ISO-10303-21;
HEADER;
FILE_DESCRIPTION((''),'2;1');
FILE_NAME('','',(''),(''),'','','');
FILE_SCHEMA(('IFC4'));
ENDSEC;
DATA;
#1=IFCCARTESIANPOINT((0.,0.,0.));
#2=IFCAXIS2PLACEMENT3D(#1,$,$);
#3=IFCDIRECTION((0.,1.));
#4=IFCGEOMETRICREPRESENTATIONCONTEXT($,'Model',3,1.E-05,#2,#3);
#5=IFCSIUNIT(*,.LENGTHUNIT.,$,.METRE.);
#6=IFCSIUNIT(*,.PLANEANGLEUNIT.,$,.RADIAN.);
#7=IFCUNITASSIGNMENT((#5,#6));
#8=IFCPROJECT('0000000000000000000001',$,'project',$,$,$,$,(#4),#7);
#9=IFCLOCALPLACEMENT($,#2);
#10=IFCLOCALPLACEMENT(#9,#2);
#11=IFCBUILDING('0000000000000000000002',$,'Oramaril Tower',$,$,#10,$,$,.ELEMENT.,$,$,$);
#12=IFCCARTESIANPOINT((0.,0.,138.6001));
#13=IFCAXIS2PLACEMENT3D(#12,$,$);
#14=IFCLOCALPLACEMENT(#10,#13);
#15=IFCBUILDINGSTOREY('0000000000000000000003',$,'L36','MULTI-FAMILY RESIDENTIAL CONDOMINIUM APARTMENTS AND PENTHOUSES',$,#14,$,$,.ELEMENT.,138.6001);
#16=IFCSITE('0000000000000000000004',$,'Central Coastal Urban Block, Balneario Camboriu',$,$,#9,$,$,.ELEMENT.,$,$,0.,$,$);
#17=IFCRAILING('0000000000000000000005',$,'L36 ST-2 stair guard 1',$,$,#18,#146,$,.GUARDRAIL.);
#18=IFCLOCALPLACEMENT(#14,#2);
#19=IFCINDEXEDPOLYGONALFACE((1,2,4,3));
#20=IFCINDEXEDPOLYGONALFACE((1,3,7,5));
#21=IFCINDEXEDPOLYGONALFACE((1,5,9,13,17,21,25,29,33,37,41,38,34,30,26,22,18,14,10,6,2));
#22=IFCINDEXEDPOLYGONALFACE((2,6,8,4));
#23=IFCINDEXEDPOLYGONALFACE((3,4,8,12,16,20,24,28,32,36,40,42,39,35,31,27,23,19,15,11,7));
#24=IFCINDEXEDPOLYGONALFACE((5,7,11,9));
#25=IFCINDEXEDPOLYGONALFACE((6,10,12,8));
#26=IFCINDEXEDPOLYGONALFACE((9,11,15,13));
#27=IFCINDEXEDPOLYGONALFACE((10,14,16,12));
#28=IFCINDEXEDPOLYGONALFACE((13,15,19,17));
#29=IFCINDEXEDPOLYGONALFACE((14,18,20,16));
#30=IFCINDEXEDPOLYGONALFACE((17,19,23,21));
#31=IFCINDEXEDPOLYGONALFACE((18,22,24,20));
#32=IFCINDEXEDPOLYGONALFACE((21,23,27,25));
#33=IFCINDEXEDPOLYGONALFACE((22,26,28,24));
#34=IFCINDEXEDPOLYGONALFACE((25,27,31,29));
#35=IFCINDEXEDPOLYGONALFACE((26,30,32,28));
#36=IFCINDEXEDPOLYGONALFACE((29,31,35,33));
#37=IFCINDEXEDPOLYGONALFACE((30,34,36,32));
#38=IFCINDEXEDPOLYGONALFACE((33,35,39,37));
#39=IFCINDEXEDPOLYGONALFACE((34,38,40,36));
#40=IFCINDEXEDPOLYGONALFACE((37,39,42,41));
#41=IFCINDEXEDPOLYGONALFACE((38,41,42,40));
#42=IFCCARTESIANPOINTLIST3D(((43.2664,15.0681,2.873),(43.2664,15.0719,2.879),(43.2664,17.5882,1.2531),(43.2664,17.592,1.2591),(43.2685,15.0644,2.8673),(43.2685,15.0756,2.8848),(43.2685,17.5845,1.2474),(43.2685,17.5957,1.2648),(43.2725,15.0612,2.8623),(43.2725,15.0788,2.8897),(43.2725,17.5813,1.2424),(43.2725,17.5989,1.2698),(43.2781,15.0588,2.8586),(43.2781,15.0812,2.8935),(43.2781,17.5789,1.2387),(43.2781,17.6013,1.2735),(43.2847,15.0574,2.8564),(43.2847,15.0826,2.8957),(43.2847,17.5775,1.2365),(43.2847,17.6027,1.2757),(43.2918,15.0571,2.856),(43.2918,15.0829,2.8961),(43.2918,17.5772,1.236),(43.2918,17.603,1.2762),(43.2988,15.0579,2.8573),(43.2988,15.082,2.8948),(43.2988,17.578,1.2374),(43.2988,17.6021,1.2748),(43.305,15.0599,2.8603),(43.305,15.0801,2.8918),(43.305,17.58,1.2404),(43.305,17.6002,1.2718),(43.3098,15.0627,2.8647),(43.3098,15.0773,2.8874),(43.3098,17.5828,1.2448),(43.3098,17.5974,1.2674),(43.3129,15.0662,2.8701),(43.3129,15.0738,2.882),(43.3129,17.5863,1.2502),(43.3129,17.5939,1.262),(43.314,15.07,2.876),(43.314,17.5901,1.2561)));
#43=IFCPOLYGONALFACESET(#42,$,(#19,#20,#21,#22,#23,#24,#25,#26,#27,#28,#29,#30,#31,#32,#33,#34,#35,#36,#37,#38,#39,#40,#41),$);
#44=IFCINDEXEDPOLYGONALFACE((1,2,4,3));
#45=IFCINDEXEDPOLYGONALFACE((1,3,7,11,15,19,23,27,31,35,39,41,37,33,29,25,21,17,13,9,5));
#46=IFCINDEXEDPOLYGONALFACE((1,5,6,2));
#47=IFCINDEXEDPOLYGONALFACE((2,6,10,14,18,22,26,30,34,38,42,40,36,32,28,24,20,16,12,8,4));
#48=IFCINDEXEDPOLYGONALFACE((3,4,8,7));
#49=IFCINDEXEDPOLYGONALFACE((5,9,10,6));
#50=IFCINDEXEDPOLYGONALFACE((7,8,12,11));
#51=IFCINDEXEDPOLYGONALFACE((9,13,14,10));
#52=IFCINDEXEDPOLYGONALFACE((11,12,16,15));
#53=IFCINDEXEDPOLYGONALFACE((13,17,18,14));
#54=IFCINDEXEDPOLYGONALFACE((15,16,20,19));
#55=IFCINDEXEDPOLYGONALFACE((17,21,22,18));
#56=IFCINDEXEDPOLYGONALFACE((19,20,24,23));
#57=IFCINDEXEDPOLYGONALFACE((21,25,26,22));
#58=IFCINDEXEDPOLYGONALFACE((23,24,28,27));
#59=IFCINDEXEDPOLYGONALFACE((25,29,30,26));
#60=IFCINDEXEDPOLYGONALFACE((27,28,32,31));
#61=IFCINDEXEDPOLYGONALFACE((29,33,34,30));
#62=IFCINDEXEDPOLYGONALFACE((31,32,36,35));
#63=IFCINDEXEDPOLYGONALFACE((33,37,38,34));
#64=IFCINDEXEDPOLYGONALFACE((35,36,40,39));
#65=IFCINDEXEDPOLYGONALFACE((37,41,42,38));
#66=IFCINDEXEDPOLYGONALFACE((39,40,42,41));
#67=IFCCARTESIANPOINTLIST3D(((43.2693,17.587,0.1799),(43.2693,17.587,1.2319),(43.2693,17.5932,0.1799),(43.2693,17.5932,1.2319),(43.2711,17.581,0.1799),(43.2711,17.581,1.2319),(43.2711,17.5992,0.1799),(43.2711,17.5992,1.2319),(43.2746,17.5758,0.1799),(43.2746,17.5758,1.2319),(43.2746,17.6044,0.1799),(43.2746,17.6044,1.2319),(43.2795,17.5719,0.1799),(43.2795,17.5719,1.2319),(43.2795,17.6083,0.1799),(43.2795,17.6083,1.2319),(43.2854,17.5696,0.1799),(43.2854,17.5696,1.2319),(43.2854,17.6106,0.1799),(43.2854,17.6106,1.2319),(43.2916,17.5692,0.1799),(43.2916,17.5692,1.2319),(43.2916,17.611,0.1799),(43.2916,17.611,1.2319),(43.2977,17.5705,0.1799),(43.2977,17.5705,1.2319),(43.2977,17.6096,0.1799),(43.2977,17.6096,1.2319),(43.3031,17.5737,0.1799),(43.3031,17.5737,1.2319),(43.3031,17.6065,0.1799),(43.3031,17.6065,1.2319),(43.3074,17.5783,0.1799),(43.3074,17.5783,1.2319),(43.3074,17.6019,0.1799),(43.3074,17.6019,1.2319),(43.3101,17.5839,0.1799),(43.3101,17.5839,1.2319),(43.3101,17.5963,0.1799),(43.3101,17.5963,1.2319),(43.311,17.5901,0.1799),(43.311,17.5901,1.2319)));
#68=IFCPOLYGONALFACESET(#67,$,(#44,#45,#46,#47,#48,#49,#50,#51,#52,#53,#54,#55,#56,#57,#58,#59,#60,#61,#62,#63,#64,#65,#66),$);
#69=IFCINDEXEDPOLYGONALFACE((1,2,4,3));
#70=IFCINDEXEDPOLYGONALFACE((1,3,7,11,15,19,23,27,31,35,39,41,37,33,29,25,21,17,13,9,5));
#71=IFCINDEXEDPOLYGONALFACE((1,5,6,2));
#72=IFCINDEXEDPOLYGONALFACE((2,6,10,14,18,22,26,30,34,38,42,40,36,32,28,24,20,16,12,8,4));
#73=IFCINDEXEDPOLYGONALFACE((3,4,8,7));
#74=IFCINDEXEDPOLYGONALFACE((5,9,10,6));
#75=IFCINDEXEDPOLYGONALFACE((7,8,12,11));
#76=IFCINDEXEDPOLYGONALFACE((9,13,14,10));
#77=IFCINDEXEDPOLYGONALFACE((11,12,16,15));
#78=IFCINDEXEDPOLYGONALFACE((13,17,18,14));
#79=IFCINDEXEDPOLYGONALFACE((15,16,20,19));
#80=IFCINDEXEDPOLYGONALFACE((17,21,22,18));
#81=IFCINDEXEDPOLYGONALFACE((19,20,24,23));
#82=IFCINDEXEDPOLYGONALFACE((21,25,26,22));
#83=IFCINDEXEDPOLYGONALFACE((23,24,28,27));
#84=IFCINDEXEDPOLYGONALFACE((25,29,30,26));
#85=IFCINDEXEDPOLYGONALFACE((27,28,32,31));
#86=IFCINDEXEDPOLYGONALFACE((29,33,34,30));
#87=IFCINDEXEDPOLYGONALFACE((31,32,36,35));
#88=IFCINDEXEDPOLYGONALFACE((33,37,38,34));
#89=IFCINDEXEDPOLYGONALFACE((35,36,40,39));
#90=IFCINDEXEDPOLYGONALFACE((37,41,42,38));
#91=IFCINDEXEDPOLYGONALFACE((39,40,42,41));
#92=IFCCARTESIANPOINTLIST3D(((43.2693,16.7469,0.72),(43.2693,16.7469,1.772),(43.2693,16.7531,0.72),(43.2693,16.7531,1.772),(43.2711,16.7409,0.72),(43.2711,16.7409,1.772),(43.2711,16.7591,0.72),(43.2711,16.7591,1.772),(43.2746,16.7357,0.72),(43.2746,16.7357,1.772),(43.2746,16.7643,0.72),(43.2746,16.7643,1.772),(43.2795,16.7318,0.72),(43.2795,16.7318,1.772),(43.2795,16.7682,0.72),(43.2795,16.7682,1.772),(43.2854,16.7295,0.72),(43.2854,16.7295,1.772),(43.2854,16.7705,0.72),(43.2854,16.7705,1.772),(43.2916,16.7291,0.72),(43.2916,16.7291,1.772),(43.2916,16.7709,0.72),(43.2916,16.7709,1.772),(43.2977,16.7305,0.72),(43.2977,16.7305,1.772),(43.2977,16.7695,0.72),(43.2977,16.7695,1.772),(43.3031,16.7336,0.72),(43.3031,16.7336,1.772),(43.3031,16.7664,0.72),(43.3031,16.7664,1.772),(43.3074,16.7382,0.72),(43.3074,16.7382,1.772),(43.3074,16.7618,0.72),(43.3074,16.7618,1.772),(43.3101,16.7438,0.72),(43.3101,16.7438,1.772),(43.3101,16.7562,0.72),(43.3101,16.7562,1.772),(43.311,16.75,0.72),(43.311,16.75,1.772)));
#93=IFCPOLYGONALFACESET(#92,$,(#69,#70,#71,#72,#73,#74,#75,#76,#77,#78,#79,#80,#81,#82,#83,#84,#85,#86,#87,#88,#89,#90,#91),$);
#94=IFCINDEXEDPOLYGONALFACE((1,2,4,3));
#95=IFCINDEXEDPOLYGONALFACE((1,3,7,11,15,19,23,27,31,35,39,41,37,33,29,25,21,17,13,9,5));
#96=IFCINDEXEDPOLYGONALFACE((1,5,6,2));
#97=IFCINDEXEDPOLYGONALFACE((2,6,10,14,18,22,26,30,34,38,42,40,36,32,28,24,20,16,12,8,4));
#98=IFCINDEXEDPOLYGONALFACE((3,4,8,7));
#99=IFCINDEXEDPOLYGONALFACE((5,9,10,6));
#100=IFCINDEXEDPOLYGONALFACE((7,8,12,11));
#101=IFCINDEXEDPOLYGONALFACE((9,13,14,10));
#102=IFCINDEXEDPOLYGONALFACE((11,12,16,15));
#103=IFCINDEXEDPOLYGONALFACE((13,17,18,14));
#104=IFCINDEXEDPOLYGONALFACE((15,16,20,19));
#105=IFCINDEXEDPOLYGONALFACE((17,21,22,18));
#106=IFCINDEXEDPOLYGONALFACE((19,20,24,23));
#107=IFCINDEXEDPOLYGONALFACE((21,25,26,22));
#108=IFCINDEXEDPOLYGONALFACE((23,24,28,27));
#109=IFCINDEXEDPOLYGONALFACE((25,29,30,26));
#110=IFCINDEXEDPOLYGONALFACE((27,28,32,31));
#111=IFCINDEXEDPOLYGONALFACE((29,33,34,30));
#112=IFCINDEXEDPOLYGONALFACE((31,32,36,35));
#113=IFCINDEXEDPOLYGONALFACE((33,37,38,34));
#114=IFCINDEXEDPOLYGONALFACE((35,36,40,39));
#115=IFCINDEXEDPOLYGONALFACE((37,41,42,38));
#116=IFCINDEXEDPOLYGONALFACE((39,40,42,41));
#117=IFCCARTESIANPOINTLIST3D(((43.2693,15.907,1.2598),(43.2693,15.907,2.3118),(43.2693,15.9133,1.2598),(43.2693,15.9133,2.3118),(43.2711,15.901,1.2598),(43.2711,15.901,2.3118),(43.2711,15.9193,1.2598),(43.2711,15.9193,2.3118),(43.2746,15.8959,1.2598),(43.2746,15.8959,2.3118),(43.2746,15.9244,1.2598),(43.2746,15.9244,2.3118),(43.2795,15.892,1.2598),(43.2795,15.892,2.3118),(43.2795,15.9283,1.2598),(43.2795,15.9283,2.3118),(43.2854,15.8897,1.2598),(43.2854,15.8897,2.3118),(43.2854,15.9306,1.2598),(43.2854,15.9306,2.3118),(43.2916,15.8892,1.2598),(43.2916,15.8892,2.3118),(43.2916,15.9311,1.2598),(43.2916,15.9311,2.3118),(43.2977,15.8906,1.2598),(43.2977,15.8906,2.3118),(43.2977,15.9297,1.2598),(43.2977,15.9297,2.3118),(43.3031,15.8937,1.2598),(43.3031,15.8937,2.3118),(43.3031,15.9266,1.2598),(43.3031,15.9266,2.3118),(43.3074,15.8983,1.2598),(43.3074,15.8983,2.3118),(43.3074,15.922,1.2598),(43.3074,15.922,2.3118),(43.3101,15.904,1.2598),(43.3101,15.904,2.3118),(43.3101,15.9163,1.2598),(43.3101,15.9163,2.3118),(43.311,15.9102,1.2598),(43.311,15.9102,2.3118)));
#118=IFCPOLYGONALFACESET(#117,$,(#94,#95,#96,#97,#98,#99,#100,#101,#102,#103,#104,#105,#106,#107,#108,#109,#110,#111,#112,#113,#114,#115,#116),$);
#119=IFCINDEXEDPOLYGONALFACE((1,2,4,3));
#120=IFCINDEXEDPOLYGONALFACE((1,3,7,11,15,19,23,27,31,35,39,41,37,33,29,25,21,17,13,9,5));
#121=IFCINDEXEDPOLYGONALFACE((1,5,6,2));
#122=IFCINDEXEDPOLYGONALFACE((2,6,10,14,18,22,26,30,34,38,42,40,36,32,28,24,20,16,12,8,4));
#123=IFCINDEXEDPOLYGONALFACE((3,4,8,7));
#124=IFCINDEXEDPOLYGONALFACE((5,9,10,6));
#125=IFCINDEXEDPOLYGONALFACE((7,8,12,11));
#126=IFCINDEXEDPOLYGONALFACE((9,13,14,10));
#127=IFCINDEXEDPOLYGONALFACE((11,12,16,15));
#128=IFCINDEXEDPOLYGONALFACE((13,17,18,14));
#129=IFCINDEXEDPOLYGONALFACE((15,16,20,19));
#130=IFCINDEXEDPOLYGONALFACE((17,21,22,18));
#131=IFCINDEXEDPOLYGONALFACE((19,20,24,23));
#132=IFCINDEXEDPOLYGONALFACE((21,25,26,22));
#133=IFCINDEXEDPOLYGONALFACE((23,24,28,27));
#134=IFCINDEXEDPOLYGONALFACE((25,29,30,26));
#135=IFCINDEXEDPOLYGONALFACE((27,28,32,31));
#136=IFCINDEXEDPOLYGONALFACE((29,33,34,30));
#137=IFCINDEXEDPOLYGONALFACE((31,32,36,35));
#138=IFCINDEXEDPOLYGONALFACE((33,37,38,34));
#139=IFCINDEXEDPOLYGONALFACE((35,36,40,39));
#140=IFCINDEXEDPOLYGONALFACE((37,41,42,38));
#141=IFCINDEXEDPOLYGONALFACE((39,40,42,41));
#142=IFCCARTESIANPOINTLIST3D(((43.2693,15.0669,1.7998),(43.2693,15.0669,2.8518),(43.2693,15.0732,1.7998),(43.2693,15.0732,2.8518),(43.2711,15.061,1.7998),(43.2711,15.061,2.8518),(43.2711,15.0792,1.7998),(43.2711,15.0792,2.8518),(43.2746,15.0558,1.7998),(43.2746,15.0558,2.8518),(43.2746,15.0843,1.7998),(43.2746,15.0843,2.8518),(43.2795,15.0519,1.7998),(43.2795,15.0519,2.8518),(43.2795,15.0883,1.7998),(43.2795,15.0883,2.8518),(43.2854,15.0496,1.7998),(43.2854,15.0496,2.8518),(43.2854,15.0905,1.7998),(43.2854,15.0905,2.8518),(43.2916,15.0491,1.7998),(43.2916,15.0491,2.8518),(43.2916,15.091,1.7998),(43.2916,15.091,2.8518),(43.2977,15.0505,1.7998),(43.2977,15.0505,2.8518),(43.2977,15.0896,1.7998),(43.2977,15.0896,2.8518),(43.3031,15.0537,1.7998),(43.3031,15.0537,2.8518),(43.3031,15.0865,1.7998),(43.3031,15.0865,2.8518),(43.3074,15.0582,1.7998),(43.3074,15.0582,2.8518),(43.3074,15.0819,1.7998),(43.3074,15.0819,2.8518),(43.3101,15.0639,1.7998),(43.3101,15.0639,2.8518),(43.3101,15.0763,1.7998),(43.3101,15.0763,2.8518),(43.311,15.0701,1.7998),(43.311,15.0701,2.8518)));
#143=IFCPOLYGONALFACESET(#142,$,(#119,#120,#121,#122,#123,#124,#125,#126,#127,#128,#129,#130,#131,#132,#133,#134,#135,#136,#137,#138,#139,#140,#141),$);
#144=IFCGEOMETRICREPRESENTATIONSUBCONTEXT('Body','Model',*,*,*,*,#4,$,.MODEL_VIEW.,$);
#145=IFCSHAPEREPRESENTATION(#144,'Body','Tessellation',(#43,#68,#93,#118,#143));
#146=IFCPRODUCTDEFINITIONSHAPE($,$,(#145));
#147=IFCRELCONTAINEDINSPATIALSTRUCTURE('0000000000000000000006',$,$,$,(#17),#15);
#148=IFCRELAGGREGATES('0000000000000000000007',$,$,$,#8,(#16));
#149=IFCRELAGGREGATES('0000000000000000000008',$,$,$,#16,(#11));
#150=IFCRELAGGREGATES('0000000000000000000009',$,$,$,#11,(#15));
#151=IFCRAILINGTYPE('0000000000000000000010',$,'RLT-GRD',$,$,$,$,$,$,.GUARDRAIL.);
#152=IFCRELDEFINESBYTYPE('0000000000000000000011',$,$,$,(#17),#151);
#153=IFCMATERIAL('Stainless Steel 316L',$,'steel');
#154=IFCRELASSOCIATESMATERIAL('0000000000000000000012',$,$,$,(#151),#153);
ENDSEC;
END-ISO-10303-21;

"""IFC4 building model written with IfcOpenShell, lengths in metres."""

from ifc_helpers import new_model, si_unit, direction, frame, origin, origin_2d, place, context, subcontext, project, spatial, circle, extrude, material, type_object, element, save


model = new_model("IFC4")

# Units and contexts
model_context = context("Model", 3, precision=1e-05, world=origin(), true_north=direction((0.0, 1.0)))
body_context = subcontext(model_context, "Body", "Model", "MODEL_VIEW")
ifc_project = project(units=[si_unit("LENGTHUNIT", "METRE"), si_unit("PLANEANGLEUNIT", "RADIAN")], contexts=[model_context])

# Site, building, storey
site_placement = place(None, origin())
site = spatial("IfcSite", under=ifc_project, at=site_placement, Name="Central Coastal Urban Block, Balneario Camboriu", CompositionType="ELEMENT", RefElevation=0.0)
building_placement = place(site_placement, origin())
building = spatial("IfcBuilding", under=site, at=building_placement, Name="Oramaril Tower", CompositionType="ELEMENT")
storey_placement = place(building_placement, frame((0.0, 0.0, 138.6001)))
storey = spatial("IfcBuildingStorey", under=building, at=storey_placement, Name="L36", Description="MULTI-FAMILY RESIDENTIAL CONDOMINIUM APARTMENTS AND PENTHOUSES", CompositionType="ELEMENT", Elevation=138.6001)

# Railing
ifc_material_1 = material(Name="Stainless Steel 316L", Category="steel")
railing_type_1 = type_object("IfcRailingType", Name="RLT-GRD", PredefinedType="GUARDRAIL", material=ifc_material_1)
railing_1_placement = place(storey_placement, frame((43.29, 17.5901, 0.1799)))
element("IfcRailing", 1, at=railing_1_placement, inside=storey, type_object=railing_type_1, Name="L36 ST-2 stair guard 1", PredefinedType="GUARDRAIL", context=body_context, shape_type="SweptSolid", body=[
    extrude(circle(Radius=0.0239, at=origin_2d()), frame((0.0, 0.0, 1.0762), z_axis=(0.0, -0.8412, 0.540725), x_axis=(1.0, 0.0, 0.0)), (0.0, 0.0, 1.0), 2.9958),
    extrude(circle(Radius=0.021, at=origin_2d()), origin(), (0.0, 0.0, 1.0), 1.052),
    extrude(circle(Radius=0.021, at=origin_2d()), frame((0.0, -0.8401, 0.54)), (0.0, 0.0, 1.0), 1.052),
    extrude(circle(Radius=0.021, at=origin_2d()), frame((0.0, -1.6799, 1.0798)), (0.0, 0.0, 1.0), 1.052),
    extrude(circle(Radius=0.021, at=origin_2d()), frame((0.0, -2.52, 1.6199)), (0.0, 0.0, 1.0), 1.052),
])

save(model, "model.ifc")
